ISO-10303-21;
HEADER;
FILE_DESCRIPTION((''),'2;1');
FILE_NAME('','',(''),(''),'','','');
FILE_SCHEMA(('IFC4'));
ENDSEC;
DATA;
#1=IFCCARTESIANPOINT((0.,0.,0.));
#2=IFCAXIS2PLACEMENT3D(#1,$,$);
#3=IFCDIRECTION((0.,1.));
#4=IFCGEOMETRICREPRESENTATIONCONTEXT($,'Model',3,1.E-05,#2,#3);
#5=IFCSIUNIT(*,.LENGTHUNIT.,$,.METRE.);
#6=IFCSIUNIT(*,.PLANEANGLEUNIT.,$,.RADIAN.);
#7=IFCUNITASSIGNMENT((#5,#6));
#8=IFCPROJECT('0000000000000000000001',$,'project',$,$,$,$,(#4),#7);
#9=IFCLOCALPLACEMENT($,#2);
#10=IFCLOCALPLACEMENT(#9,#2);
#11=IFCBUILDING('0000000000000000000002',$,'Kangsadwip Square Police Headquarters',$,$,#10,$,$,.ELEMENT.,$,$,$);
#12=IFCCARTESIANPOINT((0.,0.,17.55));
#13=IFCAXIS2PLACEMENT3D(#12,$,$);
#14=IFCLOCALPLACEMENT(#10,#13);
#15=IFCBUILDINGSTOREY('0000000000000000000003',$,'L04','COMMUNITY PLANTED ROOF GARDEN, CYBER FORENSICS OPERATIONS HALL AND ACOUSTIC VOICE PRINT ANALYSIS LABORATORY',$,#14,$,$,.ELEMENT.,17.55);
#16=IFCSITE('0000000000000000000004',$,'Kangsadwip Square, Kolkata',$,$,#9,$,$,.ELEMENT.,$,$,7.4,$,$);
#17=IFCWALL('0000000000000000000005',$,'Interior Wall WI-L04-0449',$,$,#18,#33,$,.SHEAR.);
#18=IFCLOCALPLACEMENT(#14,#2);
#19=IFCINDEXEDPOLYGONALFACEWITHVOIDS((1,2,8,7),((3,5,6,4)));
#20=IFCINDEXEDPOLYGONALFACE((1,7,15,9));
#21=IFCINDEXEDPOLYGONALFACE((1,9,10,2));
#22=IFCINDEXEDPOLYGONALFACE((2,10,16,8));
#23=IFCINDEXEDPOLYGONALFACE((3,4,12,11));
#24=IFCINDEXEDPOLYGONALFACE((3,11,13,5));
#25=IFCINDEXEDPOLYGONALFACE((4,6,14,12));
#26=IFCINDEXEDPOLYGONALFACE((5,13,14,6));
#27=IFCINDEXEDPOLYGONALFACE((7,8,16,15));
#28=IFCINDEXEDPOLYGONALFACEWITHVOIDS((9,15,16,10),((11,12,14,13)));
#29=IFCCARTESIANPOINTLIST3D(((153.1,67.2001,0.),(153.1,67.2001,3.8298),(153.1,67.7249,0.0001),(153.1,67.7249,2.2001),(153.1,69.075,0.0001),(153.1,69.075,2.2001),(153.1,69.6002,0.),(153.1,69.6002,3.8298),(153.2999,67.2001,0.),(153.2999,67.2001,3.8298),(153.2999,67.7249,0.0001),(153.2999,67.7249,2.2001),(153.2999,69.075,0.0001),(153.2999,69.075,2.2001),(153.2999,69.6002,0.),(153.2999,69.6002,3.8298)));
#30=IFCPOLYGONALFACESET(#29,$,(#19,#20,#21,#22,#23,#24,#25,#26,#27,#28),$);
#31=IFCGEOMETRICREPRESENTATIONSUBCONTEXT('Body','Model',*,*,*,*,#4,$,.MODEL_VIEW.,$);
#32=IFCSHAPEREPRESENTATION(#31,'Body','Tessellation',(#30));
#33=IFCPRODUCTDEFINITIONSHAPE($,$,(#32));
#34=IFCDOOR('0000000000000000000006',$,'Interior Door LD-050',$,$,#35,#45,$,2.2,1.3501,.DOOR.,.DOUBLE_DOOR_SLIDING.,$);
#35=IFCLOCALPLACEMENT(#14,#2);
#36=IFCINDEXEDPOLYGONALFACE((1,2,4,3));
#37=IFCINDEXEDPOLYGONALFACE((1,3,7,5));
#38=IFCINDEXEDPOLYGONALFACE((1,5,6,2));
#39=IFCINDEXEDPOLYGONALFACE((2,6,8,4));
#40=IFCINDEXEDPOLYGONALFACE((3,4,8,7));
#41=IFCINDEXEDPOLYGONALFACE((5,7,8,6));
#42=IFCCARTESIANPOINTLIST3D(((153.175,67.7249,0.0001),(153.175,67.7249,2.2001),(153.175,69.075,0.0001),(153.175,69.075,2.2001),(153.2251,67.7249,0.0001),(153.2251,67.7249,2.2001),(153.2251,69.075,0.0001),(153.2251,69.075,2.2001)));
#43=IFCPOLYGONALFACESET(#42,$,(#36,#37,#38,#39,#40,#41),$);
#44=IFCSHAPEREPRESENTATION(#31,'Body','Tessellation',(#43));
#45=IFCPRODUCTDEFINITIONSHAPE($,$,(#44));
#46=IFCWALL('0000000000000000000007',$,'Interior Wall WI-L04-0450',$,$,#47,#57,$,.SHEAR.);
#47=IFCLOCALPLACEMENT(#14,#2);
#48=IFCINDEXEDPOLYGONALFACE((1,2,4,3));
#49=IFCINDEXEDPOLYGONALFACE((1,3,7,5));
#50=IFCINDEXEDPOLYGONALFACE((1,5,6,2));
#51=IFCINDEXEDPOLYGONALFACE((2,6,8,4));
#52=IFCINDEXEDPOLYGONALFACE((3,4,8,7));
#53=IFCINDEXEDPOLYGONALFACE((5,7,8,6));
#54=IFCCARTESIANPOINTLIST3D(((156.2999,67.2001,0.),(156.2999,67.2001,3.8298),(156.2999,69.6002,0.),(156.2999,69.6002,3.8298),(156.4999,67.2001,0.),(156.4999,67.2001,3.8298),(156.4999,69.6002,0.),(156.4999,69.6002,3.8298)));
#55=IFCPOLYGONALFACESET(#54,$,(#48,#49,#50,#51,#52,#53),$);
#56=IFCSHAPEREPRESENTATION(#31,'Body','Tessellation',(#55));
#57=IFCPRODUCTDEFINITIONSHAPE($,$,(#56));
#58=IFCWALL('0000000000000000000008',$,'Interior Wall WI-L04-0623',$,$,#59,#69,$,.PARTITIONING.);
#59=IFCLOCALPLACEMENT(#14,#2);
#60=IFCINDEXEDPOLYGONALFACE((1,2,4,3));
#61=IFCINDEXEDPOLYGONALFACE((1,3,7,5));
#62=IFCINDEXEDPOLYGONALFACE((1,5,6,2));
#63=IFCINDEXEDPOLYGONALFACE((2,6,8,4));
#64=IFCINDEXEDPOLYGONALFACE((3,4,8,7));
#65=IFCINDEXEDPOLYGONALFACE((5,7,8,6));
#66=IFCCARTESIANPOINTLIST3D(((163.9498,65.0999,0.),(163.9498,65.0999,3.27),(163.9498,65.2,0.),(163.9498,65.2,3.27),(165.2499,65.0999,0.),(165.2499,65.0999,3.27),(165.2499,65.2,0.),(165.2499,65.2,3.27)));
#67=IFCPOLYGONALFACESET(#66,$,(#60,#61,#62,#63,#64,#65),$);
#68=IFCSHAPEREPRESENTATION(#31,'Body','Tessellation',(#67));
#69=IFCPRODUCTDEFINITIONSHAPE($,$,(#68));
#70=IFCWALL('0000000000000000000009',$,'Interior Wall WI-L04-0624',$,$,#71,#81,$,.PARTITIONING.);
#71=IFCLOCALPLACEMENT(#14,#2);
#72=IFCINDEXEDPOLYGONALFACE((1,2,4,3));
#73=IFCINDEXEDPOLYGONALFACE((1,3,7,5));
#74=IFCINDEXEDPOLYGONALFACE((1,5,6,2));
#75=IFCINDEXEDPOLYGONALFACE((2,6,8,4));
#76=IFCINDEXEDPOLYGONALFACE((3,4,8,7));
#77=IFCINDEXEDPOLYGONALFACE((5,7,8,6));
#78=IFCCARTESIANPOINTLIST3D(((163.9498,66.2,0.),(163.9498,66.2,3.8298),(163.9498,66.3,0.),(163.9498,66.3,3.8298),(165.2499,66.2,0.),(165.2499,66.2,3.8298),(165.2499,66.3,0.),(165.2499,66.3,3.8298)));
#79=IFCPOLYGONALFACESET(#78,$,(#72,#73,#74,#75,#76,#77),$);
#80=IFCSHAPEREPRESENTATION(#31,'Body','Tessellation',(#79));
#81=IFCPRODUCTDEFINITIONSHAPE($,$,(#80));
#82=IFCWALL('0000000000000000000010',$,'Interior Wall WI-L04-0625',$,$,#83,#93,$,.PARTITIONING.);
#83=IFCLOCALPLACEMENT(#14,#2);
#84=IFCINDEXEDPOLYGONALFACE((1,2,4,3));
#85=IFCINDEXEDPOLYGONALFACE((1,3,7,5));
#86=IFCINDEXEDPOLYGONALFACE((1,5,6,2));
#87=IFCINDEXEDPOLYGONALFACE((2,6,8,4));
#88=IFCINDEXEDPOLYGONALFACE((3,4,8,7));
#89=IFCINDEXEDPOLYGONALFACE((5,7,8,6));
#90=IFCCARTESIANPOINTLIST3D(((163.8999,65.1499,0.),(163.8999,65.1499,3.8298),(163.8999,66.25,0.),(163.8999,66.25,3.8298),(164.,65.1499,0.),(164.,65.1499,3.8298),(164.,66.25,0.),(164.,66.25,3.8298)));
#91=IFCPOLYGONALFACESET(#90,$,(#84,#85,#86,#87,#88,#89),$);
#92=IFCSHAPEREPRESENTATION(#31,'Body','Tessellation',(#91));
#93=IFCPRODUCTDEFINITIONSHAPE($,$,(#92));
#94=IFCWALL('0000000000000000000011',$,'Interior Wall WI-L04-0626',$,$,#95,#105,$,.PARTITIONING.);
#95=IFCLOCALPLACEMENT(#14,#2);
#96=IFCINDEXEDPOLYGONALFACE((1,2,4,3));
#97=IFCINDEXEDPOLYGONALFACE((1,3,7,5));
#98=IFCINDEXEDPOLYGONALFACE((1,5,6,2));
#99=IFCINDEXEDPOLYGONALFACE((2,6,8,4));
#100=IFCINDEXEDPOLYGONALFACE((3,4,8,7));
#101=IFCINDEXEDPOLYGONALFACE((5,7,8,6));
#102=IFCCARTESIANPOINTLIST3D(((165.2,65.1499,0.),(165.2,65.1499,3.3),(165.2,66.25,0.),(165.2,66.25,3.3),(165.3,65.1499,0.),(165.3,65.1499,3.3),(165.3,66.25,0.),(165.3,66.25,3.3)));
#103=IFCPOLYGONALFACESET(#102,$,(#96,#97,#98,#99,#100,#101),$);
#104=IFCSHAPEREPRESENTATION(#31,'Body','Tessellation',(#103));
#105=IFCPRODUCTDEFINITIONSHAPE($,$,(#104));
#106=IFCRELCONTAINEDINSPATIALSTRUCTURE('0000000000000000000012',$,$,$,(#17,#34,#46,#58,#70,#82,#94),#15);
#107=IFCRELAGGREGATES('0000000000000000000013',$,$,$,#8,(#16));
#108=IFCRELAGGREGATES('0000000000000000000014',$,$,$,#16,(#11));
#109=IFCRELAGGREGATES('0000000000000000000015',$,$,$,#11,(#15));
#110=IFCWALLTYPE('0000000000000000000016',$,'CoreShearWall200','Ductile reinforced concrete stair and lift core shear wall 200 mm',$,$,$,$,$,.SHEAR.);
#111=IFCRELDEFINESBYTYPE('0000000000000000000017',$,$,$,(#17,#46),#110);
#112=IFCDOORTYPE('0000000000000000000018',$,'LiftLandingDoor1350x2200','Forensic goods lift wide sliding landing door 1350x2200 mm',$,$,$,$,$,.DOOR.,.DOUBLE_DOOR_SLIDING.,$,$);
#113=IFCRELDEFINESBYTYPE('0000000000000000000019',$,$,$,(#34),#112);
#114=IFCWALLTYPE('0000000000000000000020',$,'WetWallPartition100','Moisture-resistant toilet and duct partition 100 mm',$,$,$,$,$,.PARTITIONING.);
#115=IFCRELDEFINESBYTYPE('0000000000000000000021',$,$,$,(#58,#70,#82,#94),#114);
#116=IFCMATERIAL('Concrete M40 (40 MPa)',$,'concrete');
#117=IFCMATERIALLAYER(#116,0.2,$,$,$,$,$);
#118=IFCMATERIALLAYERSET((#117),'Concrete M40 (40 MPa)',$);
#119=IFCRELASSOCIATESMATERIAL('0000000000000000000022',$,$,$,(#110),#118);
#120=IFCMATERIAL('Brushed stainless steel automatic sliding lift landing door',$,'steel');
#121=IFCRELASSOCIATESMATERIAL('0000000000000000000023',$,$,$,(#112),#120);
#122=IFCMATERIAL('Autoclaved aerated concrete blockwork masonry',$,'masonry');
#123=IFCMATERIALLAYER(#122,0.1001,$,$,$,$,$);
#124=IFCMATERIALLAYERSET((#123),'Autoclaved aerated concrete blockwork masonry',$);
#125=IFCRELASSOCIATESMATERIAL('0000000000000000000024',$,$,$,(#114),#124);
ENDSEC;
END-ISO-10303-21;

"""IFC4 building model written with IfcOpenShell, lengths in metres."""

from ifc_helpers import new_model, si_unit, direction, frame, frame_2d, origin, place, context, subcontext, project, spatial, rectangle, extrude, material, layer, layer_set, type_object, element, fill, save


model = new_model("IFC4")

# Units and contexts
model_context = context("Model", 3, precision=1e-05, world=origin(), true_north=direction((0.0, 1.0)))
body_context = subcontext(model_context, "Body", "Model", "MODEL_VIEW")
ifc_project = project(units=[si_unit("LENGTHUNIT", "METRE"), si_unit("PLANEANGLEUNIT", "RADIAN")], contexts=[model_context])

# Site, building, storey
site_placement = place(None, origin())
site = spatial("IfcSite", under=ifc_project, at=site_placement, Name="Kangsadwip Square, Kolkata", CompositionType="ELEMENT", RefElevation=7.4)
building_placement = place(site_placement, origin())
building = spatial("IfcBuilding", under=site, at=building_placement, Name="Kangsadwip Square Police Headquarters", CompositionType="ELEMENT")
storey_placement = place(building_placement, frame((0.0, 0.0, 17.55)))
storey = spatial("IfcBuildingStorey", under=building, at=storey_placement, Name="L04", Description="COMMUNITY PLANTED ROOF GARDEN, CYBER FORENSICS OPERATIONS HALL AND ACOUSTIC VOICE PRINT ANALYSIS LABORATORY", CompositionType="ELEMENT", Elevation=17.55)

# Shared definitions
ifc_material_1 = material(Name="Concrete M40 (40 MPa)", Category="concrete")
ifc_layer_1 = layer(ifc_material_1, 0.2)
ifc_layer_set_1 = layer_set([ifc_layer_1], Name="Concrete M40 (40 MPa)")
wall_type_1 = type_object("IfcWallType", Name="CoreShearWall200", Description="Ductile reinforced concrete stair and lift core shear wall 200 mm", PredefinedType="SHEAR", material=ifc_layer_set_1)

# Wall, opening, door
wall_1_placement = place(storey_placement, frame((153.2, 67.2, 0.0), z_axis=(0.0, 0.0, 1.0), x_axis=(0.0, 1.0, 0.0)))
wall_1 = element("IfcWall", 1, at=wall_1_placement, inside=storey, type_object=wall_type_1, Name="Interior Wall WI-L04-0449", PredefinedType="SHEAR", context=body_context, shape_type="SweptSolid", body=[
    extrude(rectangle(XDim=2.4001, YDim=0.2, at=frame_2d((1.2002, 0.0))), origin(), (0.0, 0.0, 1.0), 3.8298),
])
opening_1_placement = place(wall_1_placement, frame((0.5249, 0.0, 0.0)))
opening_1 = element("IfcOpeningElement", 2, at=opening_1_placement, cuts=wall_1, PredefinedType="OPENING", context=body_context, shape_type="SweptSolid", body=[
    extrude(rectangle(XDim=1.3501, YDim=2.2, at=frame_2d((0.675, 1.1001))), frame((0.0, 0.1099, 0.0), z_axis=(0.0, -1.0, 0.0), x_axis=(1.0, 0.0, 0.0)), (0.0, 0.0, 1.0), 0.22),
])
ifc_material_2 = material(Name="Brushed stainless steel automatic sliding lift landing door", Category="steel")
door_type = type_object("IfcDoorType", Name="LiftLandingDoor1350x2200", Description="Forensic goods lift wide sliding landing door 1350x2200 mm", OperationType="DOUBLE_DOOR_SLIDING", PredefinedType="DOOR", material=ifc_material_2)
door_placement = place(opening_1_placement, origin())
door = element("IfcDoor", 3, at=door_placement, inside=storey, type_object=door_type, Name="Interior Door LD-050", OperationType="DOUBLE_DOOR_SLIDING", OverallHeight=2.2, OverallWidth=1.3501, PredefinedType="DOOR", context=body_context, shape_type="SweptSolid", body=[
    extrude(rectangle(XDim=1.3501, YDim=2.2, at=frame_2d((0.675, 1.1001))), frame((0.0, 0.0249, 0.0), z_axis=(0.0, -1.0, 0.0), x_axis=(1.0, 0.0, 0.0)), (0.0, 0.0, 1.0), 0.05),
])
fill(opening_1, door)

# Walls
wall_2_placement = place(storey_placement, frame((156.3999, 67.2, 0.0), z_axis=(0.0, 0.0, 1.0), x_axis=(0.0, 1.0, 0.0)))
element("IfcWall", 4, at=wall_2_placement, inside=storey, type_object=wall_type_1, Name="Interior Wall WI-L04-0450", PredefinedType="SHEAR", context=body_context, shape_type="SweptSolid", body=[
    extrude(rectangle(XDim=2.4001, YDim=0.2, at=frame_2d((1.2002, 0.0))), origin(), (0.0, 0.0, 1.0), 3.8298),
])
ifc_material_3 = material(Name="Autoclaved aerated concrete blockwork masonry", Category="masonry")
ifc_layer_2 = layer(ifc_material_3, 0.1001)
ifc_layer_set_2 = layer_set([ifc_layer_2], Name="Autoclaved aerated concrete blockwork masonry")
wall_type_2 = type_object("IfcWallType", Name="WetWallPartition100", Description="Moisture-resistant toilet and duct partition 100 mm", PredefinedType="PARTITIONING", material=ifc_layer_set_2)
wall_3_placement = place(storey_placement, frame((163.95, 65.1499, 0.0), z_axis=(0.0, 0.0, 1.0), x_axis=(1.0, 0.0, 0.0)))
element("IfcWall", 5, at=wall_3_placement, inside=storey, type_object=wall_type_2, Name="Interior Wall WI-L04-0623", PredefinedType="PARTITIONING", context=body_context, shape_type="SweptSolid", body=[
    extrude(rectangle(XDim=1.3, YDim=0.1001, at=frame_2d((0.6499, 0.0))), origin(), (0.0, 0.0, 1.0), 3.27),
])
wall_4_placement = place(storey_placement, frame((163.95, 66.25, 0.0), z_axis=(0.0, 0.0, 1.0), x_axis=(1.0, 0.0, 0.0)))
element("IfcWall", 6, at=wall_4_placement, inside=storey, type_object=wall_type_2, Name="Interior Wall WI-L04-0624", PredefinedType="PARTITIONING", context=body_context, shape_type="SweptSolid", body=[
    extrude(rectangle(XDim=1.3, YDim=0.1001, at=frame_2d((0.6499, 0.0))), origin(), (0.0, 0.0, 1.0), 3.8298),
])
wall_5_placement = place(storey_placement, frame((163.95, 65.1499, 0.0), z_axis=(0.0, 0.0, 1.0), x_axis=(0.0, 1.0, 0.0)))
element("IfcWall", 7, at=wall_5_placement, inside=storey, type_object=wall_type_2, Name="Interior Wall WI-L04-0625", PredefinedType="PARTITIONING", context=body_context, shape_type="SweptSolid", body=[
    extrude(rectangle(XDim=1.1001, YDim=0.1001, at=frame_2d((0.55, 0.0))), origin(), (0.0, 0.0, 1.0), 3.8298),
])
wall_6_placement = place(storey_placement, frame((165.25, 65.1499, 0.0), z_axis=(0.0, 0.0, 1.0), x_axis=(0.0, 1.0, 0.0)))
element("IfcWall", 8, at=wall_6_placement, inside=storey, type_object=wall_type_2, Name="Interior Wall WI-L04-0626", PredefinedType="PARTITIONING", context=body_context, shape_type="SweptSolid", body=[
    extrude(rectangle(XDim=1.1001, YDim=0.1001, at=frame_2d((0.55, 0.0))), origin(), (0.0, 0.0, 1.0), 3.3),
])

save(model, "model.ifc")
